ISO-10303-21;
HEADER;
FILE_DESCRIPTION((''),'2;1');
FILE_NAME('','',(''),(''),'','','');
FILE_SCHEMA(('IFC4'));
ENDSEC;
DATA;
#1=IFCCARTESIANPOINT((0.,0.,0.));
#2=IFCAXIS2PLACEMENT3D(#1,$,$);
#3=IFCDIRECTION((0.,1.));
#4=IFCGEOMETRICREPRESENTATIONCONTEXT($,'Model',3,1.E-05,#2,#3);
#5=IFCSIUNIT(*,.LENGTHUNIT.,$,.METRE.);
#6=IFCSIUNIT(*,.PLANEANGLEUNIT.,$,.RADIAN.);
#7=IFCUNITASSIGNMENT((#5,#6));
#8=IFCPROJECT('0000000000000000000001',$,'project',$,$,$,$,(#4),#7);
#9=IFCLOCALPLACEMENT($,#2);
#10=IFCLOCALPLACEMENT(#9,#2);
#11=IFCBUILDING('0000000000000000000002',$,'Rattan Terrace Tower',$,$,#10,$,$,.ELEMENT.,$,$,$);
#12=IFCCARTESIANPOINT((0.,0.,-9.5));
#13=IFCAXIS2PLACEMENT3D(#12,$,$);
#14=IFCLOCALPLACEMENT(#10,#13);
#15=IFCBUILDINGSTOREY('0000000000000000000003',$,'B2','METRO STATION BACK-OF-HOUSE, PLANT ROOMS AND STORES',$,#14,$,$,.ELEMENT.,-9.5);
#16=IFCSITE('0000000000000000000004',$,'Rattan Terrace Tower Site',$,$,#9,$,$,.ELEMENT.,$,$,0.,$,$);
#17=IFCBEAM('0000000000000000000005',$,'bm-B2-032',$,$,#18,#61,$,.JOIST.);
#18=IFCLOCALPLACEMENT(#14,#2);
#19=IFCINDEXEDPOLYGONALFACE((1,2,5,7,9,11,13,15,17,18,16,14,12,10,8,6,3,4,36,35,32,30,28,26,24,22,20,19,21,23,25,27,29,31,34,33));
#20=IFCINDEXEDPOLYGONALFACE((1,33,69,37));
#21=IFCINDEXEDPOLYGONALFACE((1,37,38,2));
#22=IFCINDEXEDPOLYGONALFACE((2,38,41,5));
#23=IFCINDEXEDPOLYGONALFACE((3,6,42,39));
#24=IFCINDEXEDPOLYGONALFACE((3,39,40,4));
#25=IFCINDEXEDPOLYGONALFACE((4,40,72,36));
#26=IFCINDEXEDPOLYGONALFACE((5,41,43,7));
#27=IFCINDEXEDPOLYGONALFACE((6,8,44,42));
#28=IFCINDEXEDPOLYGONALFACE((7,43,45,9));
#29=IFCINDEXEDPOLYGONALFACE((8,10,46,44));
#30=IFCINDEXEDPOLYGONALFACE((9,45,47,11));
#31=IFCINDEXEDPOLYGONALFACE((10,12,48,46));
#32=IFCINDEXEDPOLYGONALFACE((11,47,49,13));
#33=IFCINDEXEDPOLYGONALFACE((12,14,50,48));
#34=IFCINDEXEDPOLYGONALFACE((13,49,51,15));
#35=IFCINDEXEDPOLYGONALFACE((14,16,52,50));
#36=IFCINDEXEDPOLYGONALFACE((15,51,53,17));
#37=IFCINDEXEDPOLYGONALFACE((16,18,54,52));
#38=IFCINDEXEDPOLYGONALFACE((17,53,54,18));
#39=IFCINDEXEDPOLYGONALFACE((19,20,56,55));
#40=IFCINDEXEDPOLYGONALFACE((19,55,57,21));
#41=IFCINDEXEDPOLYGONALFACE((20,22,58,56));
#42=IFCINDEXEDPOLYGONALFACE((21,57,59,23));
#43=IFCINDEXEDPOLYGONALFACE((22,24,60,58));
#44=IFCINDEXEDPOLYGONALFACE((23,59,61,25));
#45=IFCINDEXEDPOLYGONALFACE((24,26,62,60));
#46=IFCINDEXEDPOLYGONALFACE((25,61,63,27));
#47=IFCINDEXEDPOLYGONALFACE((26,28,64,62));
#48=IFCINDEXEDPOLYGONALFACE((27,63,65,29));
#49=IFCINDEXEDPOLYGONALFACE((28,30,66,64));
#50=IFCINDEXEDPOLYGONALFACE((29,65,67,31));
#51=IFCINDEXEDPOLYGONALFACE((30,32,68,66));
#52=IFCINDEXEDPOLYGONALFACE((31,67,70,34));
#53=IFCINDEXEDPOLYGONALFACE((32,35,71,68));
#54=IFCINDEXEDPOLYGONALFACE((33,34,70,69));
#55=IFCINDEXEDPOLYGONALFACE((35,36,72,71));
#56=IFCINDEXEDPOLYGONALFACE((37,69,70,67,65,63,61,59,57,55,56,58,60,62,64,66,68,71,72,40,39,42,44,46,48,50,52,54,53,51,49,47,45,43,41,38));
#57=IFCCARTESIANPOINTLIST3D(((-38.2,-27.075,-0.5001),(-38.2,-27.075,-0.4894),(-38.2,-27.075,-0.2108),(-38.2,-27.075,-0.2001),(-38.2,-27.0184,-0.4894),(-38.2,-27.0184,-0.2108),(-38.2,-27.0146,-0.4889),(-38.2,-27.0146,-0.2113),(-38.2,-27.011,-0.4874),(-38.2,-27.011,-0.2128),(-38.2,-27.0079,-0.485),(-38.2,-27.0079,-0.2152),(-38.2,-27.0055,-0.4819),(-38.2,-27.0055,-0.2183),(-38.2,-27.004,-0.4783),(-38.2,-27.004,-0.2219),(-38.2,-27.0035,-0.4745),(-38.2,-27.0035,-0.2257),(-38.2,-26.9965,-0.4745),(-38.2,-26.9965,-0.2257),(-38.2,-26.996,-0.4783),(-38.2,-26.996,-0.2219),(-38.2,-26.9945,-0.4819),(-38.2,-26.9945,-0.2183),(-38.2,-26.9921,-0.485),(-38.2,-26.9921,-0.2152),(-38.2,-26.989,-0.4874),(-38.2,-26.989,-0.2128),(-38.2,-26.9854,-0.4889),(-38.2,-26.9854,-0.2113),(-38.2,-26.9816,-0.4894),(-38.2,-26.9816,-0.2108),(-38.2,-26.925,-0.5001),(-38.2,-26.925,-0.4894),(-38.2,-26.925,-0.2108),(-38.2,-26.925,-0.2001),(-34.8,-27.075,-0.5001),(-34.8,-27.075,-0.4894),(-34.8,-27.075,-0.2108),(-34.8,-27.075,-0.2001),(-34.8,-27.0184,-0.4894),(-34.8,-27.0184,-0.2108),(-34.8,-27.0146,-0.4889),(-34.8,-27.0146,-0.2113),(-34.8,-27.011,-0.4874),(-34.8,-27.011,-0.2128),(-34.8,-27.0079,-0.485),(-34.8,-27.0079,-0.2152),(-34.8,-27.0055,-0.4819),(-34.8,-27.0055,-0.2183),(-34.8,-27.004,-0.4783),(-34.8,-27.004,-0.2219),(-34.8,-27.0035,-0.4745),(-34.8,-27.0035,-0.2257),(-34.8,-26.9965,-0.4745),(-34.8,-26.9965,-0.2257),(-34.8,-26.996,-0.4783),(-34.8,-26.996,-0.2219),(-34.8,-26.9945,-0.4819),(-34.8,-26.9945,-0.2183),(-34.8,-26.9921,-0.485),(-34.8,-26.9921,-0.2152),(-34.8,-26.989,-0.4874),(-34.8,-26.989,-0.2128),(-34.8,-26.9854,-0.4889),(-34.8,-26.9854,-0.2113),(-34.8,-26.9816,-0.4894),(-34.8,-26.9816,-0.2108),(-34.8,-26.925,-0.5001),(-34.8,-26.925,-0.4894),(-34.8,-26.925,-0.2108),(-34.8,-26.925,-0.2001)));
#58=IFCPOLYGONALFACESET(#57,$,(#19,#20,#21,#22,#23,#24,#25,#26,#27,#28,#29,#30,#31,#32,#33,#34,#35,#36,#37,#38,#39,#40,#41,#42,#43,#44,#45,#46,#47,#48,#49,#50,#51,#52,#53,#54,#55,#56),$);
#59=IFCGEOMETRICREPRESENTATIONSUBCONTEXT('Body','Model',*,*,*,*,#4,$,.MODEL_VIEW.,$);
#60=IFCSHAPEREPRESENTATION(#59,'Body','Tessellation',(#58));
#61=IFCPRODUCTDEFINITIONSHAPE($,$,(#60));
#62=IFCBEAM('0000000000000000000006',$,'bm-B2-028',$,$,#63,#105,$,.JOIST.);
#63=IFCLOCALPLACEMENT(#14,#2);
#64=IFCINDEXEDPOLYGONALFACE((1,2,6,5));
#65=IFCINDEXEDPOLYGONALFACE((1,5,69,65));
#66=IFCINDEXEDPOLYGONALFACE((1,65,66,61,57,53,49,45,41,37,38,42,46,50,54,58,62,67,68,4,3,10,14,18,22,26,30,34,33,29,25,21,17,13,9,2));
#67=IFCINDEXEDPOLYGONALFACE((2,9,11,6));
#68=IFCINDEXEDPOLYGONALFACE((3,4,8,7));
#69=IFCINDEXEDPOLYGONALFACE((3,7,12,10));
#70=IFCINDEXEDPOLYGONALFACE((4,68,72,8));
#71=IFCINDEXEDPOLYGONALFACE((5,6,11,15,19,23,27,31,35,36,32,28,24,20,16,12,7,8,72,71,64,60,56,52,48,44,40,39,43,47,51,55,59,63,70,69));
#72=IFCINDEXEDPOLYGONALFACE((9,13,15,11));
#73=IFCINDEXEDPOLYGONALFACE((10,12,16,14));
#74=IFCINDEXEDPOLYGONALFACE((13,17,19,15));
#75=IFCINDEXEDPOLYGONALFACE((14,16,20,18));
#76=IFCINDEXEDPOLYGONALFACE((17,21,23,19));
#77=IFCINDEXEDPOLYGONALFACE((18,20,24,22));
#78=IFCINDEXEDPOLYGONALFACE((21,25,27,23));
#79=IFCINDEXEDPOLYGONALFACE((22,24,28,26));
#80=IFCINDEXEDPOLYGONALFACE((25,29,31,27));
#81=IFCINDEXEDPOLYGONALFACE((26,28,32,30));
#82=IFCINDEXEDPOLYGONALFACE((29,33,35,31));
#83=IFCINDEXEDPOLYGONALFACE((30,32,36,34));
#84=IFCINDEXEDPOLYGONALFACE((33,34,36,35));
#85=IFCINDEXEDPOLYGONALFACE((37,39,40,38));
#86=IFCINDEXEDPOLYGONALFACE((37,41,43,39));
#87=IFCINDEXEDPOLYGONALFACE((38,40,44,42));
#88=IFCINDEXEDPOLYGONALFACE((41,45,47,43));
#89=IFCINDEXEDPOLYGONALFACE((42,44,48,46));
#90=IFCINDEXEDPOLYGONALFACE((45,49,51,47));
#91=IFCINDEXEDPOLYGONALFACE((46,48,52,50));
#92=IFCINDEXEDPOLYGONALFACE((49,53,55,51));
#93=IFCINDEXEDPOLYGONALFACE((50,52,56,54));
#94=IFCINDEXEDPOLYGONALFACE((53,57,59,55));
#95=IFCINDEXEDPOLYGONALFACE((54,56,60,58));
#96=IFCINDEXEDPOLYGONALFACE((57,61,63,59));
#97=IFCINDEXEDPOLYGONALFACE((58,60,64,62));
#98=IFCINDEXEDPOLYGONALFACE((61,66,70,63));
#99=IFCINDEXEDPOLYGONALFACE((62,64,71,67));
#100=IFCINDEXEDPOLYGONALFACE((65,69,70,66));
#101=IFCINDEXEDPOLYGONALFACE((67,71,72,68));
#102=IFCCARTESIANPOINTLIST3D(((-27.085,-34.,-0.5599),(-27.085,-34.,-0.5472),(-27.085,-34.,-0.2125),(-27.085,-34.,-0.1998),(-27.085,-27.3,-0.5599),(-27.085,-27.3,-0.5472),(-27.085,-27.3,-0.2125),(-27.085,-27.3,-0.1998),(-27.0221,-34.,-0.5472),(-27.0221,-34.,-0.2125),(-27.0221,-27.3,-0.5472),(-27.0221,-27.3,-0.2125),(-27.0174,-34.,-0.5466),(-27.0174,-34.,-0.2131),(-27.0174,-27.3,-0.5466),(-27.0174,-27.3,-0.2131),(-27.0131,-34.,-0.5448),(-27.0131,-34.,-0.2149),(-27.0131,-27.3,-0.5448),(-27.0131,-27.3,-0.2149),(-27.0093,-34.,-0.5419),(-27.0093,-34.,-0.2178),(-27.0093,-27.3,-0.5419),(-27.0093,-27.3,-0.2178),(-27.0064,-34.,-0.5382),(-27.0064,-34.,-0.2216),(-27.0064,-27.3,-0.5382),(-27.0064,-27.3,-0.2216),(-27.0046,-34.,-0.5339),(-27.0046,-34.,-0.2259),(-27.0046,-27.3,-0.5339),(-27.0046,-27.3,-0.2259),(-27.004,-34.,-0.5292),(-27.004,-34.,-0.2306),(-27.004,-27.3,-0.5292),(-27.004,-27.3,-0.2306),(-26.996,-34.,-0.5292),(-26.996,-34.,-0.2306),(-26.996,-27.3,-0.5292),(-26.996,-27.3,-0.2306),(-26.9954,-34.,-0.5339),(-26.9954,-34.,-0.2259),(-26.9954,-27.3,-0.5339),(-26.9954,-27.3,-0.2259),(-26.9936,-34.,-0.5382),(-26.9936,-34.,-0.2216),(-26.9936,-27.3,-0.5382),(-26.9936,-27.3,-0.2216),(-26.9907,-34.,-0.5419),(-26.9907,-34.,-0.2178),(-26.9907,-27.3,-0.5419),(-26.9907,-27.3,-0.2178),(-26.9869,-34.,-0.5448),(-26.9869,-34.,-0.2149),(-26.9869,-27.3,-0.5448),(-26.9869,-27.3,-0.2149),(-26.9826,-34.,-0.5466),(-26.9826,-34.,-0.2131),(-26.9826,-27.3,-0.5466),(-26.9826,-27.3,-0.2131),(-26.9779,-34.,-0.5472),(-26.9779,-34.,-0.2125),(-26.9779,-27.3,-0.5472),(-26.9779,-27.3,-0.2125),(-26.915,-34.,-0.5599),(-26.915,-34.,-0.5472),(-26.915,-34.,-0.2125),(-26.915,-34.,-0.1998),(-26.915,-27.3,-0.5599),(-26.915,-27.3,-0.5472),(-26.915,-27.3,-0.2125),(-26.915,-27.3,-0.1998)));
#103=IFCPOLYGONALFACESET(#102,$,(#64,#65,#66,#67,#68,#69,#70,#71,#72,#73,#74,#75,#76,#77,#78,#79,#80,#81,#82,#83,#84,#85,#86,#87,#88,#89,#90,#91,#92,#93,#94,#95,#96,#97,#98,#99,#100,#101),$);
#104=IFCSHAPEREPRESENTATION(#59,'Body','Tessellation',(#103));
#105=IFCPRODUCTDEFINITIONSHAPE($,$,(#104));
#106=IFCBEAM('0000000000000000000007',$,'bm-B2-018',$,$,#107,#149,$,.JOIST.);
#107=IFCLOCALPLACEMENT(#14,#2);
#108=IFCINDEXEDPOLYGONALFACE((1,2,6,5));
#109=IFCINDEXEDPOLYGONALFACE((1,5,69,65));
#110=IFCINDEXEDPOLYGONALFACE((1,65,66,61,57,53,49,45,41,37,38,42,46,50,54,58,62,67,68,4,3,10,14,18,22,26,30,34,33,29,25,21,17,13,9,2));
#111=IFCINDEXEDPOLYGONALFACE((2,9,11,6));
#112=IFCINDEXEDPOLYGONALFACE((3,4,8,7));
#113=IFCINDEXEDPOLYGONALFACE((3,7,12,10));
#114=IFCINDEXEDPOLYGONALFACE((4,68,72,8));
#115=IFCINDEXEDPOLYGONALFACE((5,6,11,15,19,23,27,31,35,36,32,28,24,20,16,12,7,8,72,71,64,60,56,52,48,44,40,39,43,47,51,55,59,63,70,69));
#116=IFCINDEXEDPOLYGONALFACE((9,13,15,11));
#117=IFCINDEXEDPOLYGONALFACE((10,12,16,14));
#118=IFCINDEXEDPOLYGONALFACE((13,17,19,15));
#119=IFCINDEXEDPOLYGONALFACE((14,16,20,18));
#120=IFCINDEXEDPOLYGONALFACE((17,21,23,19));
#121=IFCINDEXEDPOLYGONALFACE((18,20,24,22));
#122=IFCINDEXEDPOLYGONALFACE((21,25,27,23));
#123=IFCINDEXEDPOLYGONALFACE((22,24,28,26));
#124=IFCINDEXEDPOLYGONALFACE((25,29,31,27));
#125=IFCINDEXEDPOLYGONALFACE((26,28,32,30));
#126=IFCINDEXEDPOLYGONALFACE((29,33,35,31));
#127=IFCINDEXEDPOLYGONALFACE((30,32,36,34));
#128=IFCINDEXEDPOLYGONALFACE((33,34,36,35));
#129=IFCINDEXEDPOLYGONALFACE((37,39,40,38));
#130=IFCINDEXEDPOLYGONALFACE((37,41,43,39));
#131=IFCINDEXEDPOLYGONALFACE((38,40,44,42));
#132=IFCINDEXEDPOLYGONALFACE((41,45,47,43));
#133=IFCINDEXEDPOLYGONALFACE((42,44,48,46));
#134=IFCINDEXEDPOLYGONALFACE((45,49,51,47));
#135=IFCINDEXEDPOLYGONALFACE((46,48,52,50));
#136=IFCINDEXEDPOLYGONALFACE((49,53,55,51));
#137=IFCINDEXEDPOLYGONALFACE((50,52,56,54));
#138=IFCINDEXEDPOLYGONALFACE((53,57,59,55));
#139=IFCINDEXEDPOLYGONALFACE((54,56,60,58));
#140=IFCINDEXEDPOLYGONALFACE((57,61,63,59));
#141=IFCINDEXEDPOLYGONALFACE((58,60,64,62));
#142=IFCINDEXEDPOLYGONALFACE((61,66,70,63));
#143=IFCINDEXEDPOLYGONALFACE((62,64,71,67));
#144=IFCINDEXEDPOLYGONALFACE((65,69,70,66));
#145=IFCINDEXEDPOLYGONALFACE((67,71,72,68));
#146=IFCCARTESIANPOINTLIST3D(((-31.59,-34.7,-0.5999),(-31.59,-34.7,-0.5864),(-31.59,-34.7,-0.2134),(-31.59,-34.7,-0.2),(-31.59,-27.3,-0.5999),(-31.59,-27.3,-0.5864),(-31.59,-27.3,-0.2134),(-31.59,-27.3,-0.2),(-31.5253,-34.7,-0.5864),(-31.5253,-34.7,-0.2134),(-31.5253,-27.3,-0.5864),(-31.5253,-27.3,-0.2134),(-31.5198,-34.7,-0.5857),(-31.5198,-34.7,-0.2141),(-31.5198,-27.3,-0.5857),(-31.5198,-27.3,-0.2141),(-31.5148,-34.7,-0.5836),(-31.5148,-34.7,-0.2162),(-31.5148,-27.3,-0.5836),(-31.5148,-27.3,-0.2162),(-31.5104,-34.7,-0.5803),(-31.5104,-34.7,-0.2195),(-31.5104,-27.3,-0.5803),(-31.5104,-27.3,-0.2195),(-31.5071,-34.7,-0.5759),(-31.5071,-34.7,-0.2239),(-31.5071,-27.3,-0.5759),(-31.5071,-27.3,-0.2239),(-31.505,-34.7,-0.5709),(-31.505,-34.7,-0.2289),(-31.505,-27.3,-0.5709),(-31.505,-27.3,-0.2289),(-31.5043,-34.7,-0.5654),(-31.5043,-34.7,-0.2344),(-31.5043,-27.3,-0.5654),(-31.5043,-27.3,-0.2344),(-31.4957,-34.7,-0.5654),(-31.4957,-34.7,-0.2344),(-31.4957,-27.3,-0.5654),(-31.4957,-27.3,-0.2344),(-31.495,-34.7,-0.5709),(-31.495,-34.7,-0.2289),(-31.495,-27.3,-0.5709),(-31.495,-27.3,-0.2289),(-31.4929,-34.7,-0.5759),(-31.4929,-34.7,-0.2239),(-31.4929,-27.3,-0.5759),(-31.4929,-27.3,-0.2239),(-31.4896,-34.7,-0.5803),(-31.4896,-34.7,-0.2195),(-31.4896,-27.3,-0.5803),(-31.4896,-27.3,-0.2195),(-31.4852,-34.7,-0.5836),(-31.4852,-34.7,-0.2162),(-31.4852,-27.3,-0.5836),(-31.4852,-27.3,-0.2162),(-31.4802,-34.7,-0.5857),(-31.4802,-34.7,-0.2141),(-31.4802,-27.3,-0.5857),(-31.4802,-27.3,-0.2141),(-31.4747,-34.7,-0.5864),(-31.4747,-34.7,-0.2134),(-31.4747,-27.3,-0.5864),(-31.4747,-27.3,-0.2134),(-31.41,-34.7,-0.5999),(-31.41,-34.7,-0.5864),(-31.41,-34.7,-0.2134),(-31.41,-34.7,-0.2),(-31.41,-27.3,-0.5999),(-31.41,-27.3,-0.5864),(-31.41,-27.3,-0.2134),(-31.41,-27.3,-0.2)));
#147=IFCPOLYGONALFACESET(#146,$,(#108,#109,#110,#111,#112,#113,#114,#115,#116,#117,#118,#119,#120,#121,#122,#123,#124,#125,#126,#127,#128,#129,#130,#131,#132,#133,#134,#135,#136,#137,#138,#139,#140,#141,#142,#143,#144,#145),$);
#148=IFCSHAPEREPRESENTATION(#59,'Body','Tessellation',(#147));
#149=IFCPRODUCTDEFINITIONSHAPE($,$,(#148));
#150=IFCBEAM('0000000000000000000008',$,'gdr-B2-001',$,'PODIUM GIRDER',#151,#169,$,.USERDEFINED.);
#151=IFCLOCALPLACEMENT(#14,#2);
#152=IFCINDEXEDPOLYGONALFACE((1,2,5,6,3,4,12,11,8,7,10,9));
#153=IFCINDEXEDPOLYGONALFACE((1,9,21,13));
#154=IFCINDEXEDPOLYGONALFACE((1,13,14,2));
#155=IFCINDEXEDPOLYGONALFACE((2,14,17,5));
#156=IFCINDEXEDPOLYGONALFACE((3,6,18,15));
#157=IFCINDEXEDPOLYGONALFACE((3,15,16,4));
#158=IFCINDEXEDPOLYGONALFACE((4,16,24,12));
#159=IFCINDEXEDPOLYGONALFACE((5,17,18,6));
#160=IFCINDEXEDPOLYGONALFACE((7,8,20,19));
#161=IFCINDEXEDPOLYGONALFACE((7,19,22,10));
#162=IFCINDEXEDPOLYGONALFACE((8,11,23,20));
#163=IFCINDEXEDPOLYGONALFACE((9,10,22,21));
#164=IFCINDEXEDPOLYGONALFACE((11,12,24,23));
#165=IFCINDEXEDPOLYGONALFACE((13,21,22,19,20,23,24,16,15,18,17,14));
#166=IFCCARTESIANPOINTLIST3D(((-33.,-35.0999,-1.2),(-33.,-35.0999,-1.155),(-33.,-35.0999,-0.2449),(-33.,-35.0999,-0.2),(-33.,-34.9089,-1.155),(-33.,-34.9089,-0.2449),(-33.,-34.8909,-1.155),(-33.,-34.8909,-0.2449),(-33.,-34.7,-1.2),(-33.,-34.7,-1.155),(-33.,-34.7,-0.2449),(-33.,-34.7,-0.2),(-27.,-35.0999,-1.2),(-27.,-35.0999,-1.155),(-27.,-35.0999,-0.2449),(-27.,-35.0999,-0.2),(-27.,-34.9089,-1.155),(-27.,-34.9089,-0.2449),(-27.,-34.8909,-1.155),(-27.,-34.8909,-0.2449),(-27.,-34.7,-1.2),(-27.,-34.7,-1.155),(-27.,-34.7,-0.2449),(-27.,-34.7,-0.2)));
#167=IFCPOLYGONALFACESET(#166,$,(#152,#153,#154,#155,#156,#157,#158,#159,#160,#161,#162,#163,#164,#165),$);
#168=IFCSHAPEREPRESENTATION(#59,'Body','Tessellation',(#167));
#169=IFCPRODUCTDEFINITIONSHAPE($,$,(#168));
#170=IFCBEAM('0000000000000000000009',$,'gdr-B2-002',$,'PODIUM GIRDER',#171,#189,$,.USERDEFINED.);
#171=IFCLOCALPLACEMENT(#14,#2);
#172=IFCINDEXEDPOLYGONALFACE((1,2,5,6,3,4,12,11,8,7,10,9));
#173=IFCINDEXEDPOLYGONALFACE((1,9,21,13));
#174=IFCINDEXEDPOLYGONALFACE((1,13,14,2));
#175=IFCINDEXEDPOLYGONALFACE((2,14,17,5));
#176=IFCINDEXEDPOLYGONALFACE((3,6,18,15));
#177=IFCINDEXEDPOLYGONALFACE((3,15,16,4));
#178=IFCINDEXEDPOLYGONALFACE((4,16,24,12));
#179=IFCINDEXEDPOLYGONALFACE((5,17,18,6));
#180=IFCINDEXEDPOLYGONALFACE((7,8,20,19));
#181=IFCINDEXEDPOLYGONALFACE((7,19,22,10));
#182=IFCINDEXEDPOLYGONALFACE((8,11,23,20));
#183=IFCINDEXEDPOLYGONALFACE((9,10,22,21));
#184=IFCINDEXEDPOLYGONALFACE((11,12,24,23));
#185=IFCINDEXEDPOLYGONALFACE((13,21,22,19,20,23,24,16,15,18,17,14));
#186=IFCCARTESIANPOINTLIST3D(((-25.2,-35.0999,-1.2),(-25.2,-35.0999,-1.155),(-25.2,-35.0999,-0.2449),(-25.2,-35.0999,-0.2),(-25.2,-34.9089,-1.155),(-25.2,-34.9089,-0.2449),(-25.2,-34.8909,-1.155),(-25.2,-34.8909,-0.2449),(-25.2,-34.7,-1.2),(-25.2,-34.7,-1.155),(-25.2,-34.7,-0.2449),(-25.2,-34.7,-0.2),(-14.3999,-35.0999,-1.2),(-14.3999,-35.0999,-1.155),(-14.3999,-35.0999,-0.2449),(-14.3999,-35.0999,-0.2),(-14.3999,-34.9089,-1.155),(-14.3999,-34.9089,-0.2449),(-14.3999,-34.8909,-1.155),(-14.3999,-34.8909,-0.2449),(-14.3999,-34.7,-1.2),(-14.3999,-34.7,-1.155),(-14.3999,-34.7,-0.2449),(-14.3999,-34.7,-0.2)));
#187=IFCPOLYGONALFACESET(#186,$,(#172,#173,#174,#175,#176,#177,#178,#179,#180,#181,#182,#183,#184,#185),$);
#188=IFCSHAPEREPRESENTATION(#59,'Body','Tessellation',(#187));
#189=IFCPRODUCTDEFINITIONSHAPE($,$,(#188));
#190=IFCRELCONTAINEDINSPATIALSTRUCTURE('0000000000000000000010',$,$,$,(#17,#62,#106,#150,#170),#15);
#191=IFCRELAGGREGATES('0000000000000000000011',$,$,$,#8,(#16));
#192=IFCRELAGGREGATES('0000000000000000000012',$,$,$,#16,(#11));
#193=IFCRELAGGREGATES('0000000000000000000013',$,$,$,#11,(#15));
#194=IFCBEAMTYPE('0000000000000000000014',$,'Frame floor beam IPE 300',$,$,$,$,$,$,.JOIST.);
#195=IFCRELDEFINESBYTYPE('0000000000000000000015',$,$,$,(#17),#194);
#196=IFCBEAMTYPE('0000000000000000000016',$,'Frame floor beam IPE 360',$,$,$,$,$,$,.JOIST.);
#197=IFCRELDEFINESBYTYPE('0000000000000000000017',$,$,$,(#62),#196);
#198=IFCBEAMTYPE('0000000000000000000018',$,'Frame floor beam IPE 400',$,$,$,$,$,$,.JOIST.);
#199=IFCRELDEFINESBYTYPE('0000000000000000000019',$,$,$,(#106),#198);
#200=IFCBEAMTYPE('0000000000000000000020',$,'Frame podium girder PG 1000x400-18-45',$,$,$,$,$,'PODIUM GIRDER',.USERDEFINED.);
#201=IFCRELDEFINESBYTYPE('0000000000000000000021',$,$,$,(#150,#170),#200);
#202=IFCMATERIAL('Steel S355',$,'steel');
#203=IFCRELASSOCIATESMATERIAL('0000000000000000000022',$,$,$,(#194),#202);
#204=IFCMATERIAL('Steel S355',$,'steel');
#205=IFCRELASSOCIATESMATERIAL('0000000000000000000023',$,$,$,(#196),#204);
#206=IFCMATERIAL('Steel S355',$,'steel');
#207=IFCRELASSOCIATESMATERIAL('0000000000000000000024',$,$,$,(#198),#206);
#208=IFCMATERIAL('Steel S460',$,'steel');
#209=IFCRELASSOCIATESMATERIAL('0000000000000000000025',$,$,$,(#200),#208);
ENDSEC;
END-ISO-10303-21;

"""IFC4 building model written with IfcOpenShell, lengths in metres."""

from ifc_helpers import new_model, si_unit, direction, frame, origin, origin_2d, place, context, subcontext, project, spatial, i_section, extrude, material, material_profile, profile_set, type_object, element, save


model = new_model("IFC4")

# Units and contexts
model_context = context("Model", 3, precision=1e-05, world=origin(), true_north=direction((0.0, 1.0)))
body_context = subcontext(model_context, "Body", "Model", "MODEL_VIEW")
ifc_project = project(units=[si_unit("LENGTHUNIT", "METRE"), si_unit("PLANEANGLEUNIT", "RADIAN")], contexts=[model_context])

# Site, building, storey
site_placement = place(None, origin())
site = spatial("IfcSite", under=ifc_project, at=site_placement, Name="Rattan Terrace Tower Site", CompositionType="ELEMENT", RefElevation=0.0)
building_placement = place(site_placement, origin())
building = spatial("IfcBuilding", under=site, at=building_placement, Name="Rattan Terrace Tower", CompositionType="ELEMENT")
storey_placement = place(building_placement, frame((0.0, 0.0, -9.5)))
storey = spatial("IfcBuildingStorey", under=building, at=storey_placement, Name="B2", Description="METRO STATION BACK-OF-HOUSE, PLANT ROOMS AND STORES", CompositionType="ELEMENT", Elevation=-9.5)

# Beams
ifc_material_1 = material(Name="Steel S355", Category="steel")
ifc_material_profile_1 = material_profile(ifc_material_1, i_section(OverallWidth=0.1499, OverallDepth=0.3, WebThickness=0.0071, FlangeThickness=0.0107, FilletRadius=0.0149, at=origin_2d()), Name="IPE 300")
ifc_profile_set_1 = profile_set([ifc_material_profile_1], Name="Steel S355")
beam_type_1 = type_object("IfcBeamType", Name="Frame floor beam IPE 300", PredefinedType="JOIST", material=ifc_profile_set_1)
beam_1_placement = place(storey_placement, frame((-38.2, -27.0, -0.3501), z_axis=(1.0, 0.0, 0.0), x_axis=(0.0, 1.0, 0.0)))
element("IfcBeam", 1, at=beam_1_placement, inside=storey, type_object=beam_type_1, Name="bm-B2-032", PredefinedType="JOIST", context=body_context, shape_type="SweptSolid", body=[
    extrude(i_section(OverallWidth=0.1499, OverallDepth=0.3, WebThickness=0.0071, FlangeThickness=0.0107, FilletRadius=0.0149, at=origin_2d()), origin(), (0.0, 0.0, 1.0), 3.3999),
])
ifc_material_2 = material(Name="Steel S355", Category="steel")
ifc_material_profile_2 = material_profile(ifc_material_2, i_section(OverallWidth=0.1699, OverallDepth=0.3601, WebThickness=0.0081, FlangeThickness=0.0127, FilletRadius=0.0181, at=origin_2d()), Name="IPE 360")
ifc_profile_set_2 = profile_set([ifc_material_profile_2], Name="Steel S355")
beam_type_2 = type_object("IfcBeamType", Name="Frame floor beam IPE 360", PredefinedType="JOIST", material=ifc_profile_set_2)
beam_2_placement = place(storey_placement, frame((-27.0, -34.0, -0.3799), z_axis=(0.0, 1.0, 0.0), x_axis=(-1.0, 0.0, 0.0)))
element("IfcBeam", 2, at=beam_2_placement, inside=storey, type_object=beam_type_2, Name="bm-B2-028", PredefinedType="JOIST", context=body_context, shape_type="SweptSolid", body=[
    extrude(i_section(OverallWidth=0.1699, OverallDepth=0.3601, WebThickness=0.0081, FlangeThickness=0.0127, FilletRadius=0.0181, at=origin_2d()), origin(), (0.0, 0.0, 1.0), 6.7),
])
ifc_material_3 = material(Name="Steel S355", Category="steel")
ifc_material_profile_3 = material_profile(ifc_material_3, i_section(OverallWidth=0.1799, OverallDepth=0.3999, WebThickness=0.0085, FlangeThickness=0.0134, FilletRadius=0.021, at=origin_2d()), Name="IPE 400")
ifc_profile_set_3 = profile_set([ifc_material_profile_3], Name="Steel S355")
beam_type_3 = type_object("IfcBeamType", Name="Frame floor beam IPE 400", PredefinedType="JOIST", material=ifc_profile_set_3)
beam_3_placement = place(storey_placement, frame((-31.5, -34.7, -0.3999), z_axis=(0.0, 1.0, 0.0), x_axis=(-1.0, 0.0, 0.0)))
element("IfcBeam", 3, at=beam_3_placement, inside=storey, type_object=beam_type_3, Name="bm-B2-018", PredefinedType="JOIST", context=body_context, shape_type="SweptSolid", body=[
    extrude(i_section(OverallWidth=0.1799, OverallDepth=0.3999, WebThickness=0.0085, FlangeThickness=0.0134, FilletRadius=0.021, at=origin_2d()), origin(), (0.0, 0.0, 1.0), 7.3999),
])
ifc_material_4 = material(Name="Steel S460", Category="steel")
ifc_material_profile_4 = material_profile(ifc_material_4, i_section(OverallWidth=0.3999, OverallDepth=1.0, WebThickness=0.0181, FlangeThickness=0.0449, at=origin_2d()), Name="PG 1000x400-18-45")
ifc_profile_set_4 = profile_set([ifc_material_profile_4], Name="Steel S460")
beam_type_4 = type_object("IfcBeamType", Name="Frame podium girder PG 1000x400-18-45", ElementType="PODIUM GIRDER", PredefinedType="USERDEFINED", material=ifc_profile_set_4)
beam_4_placement = place(storey_placement, frame((-33.0, -34.8999, -0.7), z_axis=(1.0, 0.0, 0.0), x_axis=(0.0, 1.0, 0.0)))
element("IfcBeam", 4, at=beam_4_placement, inside=storey, type_object=beam_type_4, Name="gdr-B2-001", ObjectType="PODIUM GIRDER", PredefinedType="USERDEFINED", context=body_context, shape_type="SweptSolid", body=[
    extrude(i_section(OverallWidth=0.3999, OverallDepth=1.0, WebThickness=0.0181, FlangeThickness=0.0449, at=origin_2d()), origin(), (0.0, 0.0, 1.0), 6.0),
])
beam_5_placement = place(storey_placement, frame((-25.2, -34.8999, -0.7), z_axis=(1.0, 0.0, 0.0), x_axis=(0.0, 1.0, 0.0)))
element("IfcBeam", 5, at=beam_5_placement, inside=storey, type_object=beam_type_4, Name="gdr-B2-002", ObjectType="PODIUM GIRDER", PredefinedType="USERDEFINED", context=body_context, shape_type="SweptSolid", body=[
    extrude(i_section(OverallWidth=0.3999, OverallDepth=1.0, WebThickness=0.0181, FlangeThickness=0.0449, at=origin_2d()), origin(), (0.0, 0.0, 1.0), 10.8),
])

save(model, "model.ifc")
